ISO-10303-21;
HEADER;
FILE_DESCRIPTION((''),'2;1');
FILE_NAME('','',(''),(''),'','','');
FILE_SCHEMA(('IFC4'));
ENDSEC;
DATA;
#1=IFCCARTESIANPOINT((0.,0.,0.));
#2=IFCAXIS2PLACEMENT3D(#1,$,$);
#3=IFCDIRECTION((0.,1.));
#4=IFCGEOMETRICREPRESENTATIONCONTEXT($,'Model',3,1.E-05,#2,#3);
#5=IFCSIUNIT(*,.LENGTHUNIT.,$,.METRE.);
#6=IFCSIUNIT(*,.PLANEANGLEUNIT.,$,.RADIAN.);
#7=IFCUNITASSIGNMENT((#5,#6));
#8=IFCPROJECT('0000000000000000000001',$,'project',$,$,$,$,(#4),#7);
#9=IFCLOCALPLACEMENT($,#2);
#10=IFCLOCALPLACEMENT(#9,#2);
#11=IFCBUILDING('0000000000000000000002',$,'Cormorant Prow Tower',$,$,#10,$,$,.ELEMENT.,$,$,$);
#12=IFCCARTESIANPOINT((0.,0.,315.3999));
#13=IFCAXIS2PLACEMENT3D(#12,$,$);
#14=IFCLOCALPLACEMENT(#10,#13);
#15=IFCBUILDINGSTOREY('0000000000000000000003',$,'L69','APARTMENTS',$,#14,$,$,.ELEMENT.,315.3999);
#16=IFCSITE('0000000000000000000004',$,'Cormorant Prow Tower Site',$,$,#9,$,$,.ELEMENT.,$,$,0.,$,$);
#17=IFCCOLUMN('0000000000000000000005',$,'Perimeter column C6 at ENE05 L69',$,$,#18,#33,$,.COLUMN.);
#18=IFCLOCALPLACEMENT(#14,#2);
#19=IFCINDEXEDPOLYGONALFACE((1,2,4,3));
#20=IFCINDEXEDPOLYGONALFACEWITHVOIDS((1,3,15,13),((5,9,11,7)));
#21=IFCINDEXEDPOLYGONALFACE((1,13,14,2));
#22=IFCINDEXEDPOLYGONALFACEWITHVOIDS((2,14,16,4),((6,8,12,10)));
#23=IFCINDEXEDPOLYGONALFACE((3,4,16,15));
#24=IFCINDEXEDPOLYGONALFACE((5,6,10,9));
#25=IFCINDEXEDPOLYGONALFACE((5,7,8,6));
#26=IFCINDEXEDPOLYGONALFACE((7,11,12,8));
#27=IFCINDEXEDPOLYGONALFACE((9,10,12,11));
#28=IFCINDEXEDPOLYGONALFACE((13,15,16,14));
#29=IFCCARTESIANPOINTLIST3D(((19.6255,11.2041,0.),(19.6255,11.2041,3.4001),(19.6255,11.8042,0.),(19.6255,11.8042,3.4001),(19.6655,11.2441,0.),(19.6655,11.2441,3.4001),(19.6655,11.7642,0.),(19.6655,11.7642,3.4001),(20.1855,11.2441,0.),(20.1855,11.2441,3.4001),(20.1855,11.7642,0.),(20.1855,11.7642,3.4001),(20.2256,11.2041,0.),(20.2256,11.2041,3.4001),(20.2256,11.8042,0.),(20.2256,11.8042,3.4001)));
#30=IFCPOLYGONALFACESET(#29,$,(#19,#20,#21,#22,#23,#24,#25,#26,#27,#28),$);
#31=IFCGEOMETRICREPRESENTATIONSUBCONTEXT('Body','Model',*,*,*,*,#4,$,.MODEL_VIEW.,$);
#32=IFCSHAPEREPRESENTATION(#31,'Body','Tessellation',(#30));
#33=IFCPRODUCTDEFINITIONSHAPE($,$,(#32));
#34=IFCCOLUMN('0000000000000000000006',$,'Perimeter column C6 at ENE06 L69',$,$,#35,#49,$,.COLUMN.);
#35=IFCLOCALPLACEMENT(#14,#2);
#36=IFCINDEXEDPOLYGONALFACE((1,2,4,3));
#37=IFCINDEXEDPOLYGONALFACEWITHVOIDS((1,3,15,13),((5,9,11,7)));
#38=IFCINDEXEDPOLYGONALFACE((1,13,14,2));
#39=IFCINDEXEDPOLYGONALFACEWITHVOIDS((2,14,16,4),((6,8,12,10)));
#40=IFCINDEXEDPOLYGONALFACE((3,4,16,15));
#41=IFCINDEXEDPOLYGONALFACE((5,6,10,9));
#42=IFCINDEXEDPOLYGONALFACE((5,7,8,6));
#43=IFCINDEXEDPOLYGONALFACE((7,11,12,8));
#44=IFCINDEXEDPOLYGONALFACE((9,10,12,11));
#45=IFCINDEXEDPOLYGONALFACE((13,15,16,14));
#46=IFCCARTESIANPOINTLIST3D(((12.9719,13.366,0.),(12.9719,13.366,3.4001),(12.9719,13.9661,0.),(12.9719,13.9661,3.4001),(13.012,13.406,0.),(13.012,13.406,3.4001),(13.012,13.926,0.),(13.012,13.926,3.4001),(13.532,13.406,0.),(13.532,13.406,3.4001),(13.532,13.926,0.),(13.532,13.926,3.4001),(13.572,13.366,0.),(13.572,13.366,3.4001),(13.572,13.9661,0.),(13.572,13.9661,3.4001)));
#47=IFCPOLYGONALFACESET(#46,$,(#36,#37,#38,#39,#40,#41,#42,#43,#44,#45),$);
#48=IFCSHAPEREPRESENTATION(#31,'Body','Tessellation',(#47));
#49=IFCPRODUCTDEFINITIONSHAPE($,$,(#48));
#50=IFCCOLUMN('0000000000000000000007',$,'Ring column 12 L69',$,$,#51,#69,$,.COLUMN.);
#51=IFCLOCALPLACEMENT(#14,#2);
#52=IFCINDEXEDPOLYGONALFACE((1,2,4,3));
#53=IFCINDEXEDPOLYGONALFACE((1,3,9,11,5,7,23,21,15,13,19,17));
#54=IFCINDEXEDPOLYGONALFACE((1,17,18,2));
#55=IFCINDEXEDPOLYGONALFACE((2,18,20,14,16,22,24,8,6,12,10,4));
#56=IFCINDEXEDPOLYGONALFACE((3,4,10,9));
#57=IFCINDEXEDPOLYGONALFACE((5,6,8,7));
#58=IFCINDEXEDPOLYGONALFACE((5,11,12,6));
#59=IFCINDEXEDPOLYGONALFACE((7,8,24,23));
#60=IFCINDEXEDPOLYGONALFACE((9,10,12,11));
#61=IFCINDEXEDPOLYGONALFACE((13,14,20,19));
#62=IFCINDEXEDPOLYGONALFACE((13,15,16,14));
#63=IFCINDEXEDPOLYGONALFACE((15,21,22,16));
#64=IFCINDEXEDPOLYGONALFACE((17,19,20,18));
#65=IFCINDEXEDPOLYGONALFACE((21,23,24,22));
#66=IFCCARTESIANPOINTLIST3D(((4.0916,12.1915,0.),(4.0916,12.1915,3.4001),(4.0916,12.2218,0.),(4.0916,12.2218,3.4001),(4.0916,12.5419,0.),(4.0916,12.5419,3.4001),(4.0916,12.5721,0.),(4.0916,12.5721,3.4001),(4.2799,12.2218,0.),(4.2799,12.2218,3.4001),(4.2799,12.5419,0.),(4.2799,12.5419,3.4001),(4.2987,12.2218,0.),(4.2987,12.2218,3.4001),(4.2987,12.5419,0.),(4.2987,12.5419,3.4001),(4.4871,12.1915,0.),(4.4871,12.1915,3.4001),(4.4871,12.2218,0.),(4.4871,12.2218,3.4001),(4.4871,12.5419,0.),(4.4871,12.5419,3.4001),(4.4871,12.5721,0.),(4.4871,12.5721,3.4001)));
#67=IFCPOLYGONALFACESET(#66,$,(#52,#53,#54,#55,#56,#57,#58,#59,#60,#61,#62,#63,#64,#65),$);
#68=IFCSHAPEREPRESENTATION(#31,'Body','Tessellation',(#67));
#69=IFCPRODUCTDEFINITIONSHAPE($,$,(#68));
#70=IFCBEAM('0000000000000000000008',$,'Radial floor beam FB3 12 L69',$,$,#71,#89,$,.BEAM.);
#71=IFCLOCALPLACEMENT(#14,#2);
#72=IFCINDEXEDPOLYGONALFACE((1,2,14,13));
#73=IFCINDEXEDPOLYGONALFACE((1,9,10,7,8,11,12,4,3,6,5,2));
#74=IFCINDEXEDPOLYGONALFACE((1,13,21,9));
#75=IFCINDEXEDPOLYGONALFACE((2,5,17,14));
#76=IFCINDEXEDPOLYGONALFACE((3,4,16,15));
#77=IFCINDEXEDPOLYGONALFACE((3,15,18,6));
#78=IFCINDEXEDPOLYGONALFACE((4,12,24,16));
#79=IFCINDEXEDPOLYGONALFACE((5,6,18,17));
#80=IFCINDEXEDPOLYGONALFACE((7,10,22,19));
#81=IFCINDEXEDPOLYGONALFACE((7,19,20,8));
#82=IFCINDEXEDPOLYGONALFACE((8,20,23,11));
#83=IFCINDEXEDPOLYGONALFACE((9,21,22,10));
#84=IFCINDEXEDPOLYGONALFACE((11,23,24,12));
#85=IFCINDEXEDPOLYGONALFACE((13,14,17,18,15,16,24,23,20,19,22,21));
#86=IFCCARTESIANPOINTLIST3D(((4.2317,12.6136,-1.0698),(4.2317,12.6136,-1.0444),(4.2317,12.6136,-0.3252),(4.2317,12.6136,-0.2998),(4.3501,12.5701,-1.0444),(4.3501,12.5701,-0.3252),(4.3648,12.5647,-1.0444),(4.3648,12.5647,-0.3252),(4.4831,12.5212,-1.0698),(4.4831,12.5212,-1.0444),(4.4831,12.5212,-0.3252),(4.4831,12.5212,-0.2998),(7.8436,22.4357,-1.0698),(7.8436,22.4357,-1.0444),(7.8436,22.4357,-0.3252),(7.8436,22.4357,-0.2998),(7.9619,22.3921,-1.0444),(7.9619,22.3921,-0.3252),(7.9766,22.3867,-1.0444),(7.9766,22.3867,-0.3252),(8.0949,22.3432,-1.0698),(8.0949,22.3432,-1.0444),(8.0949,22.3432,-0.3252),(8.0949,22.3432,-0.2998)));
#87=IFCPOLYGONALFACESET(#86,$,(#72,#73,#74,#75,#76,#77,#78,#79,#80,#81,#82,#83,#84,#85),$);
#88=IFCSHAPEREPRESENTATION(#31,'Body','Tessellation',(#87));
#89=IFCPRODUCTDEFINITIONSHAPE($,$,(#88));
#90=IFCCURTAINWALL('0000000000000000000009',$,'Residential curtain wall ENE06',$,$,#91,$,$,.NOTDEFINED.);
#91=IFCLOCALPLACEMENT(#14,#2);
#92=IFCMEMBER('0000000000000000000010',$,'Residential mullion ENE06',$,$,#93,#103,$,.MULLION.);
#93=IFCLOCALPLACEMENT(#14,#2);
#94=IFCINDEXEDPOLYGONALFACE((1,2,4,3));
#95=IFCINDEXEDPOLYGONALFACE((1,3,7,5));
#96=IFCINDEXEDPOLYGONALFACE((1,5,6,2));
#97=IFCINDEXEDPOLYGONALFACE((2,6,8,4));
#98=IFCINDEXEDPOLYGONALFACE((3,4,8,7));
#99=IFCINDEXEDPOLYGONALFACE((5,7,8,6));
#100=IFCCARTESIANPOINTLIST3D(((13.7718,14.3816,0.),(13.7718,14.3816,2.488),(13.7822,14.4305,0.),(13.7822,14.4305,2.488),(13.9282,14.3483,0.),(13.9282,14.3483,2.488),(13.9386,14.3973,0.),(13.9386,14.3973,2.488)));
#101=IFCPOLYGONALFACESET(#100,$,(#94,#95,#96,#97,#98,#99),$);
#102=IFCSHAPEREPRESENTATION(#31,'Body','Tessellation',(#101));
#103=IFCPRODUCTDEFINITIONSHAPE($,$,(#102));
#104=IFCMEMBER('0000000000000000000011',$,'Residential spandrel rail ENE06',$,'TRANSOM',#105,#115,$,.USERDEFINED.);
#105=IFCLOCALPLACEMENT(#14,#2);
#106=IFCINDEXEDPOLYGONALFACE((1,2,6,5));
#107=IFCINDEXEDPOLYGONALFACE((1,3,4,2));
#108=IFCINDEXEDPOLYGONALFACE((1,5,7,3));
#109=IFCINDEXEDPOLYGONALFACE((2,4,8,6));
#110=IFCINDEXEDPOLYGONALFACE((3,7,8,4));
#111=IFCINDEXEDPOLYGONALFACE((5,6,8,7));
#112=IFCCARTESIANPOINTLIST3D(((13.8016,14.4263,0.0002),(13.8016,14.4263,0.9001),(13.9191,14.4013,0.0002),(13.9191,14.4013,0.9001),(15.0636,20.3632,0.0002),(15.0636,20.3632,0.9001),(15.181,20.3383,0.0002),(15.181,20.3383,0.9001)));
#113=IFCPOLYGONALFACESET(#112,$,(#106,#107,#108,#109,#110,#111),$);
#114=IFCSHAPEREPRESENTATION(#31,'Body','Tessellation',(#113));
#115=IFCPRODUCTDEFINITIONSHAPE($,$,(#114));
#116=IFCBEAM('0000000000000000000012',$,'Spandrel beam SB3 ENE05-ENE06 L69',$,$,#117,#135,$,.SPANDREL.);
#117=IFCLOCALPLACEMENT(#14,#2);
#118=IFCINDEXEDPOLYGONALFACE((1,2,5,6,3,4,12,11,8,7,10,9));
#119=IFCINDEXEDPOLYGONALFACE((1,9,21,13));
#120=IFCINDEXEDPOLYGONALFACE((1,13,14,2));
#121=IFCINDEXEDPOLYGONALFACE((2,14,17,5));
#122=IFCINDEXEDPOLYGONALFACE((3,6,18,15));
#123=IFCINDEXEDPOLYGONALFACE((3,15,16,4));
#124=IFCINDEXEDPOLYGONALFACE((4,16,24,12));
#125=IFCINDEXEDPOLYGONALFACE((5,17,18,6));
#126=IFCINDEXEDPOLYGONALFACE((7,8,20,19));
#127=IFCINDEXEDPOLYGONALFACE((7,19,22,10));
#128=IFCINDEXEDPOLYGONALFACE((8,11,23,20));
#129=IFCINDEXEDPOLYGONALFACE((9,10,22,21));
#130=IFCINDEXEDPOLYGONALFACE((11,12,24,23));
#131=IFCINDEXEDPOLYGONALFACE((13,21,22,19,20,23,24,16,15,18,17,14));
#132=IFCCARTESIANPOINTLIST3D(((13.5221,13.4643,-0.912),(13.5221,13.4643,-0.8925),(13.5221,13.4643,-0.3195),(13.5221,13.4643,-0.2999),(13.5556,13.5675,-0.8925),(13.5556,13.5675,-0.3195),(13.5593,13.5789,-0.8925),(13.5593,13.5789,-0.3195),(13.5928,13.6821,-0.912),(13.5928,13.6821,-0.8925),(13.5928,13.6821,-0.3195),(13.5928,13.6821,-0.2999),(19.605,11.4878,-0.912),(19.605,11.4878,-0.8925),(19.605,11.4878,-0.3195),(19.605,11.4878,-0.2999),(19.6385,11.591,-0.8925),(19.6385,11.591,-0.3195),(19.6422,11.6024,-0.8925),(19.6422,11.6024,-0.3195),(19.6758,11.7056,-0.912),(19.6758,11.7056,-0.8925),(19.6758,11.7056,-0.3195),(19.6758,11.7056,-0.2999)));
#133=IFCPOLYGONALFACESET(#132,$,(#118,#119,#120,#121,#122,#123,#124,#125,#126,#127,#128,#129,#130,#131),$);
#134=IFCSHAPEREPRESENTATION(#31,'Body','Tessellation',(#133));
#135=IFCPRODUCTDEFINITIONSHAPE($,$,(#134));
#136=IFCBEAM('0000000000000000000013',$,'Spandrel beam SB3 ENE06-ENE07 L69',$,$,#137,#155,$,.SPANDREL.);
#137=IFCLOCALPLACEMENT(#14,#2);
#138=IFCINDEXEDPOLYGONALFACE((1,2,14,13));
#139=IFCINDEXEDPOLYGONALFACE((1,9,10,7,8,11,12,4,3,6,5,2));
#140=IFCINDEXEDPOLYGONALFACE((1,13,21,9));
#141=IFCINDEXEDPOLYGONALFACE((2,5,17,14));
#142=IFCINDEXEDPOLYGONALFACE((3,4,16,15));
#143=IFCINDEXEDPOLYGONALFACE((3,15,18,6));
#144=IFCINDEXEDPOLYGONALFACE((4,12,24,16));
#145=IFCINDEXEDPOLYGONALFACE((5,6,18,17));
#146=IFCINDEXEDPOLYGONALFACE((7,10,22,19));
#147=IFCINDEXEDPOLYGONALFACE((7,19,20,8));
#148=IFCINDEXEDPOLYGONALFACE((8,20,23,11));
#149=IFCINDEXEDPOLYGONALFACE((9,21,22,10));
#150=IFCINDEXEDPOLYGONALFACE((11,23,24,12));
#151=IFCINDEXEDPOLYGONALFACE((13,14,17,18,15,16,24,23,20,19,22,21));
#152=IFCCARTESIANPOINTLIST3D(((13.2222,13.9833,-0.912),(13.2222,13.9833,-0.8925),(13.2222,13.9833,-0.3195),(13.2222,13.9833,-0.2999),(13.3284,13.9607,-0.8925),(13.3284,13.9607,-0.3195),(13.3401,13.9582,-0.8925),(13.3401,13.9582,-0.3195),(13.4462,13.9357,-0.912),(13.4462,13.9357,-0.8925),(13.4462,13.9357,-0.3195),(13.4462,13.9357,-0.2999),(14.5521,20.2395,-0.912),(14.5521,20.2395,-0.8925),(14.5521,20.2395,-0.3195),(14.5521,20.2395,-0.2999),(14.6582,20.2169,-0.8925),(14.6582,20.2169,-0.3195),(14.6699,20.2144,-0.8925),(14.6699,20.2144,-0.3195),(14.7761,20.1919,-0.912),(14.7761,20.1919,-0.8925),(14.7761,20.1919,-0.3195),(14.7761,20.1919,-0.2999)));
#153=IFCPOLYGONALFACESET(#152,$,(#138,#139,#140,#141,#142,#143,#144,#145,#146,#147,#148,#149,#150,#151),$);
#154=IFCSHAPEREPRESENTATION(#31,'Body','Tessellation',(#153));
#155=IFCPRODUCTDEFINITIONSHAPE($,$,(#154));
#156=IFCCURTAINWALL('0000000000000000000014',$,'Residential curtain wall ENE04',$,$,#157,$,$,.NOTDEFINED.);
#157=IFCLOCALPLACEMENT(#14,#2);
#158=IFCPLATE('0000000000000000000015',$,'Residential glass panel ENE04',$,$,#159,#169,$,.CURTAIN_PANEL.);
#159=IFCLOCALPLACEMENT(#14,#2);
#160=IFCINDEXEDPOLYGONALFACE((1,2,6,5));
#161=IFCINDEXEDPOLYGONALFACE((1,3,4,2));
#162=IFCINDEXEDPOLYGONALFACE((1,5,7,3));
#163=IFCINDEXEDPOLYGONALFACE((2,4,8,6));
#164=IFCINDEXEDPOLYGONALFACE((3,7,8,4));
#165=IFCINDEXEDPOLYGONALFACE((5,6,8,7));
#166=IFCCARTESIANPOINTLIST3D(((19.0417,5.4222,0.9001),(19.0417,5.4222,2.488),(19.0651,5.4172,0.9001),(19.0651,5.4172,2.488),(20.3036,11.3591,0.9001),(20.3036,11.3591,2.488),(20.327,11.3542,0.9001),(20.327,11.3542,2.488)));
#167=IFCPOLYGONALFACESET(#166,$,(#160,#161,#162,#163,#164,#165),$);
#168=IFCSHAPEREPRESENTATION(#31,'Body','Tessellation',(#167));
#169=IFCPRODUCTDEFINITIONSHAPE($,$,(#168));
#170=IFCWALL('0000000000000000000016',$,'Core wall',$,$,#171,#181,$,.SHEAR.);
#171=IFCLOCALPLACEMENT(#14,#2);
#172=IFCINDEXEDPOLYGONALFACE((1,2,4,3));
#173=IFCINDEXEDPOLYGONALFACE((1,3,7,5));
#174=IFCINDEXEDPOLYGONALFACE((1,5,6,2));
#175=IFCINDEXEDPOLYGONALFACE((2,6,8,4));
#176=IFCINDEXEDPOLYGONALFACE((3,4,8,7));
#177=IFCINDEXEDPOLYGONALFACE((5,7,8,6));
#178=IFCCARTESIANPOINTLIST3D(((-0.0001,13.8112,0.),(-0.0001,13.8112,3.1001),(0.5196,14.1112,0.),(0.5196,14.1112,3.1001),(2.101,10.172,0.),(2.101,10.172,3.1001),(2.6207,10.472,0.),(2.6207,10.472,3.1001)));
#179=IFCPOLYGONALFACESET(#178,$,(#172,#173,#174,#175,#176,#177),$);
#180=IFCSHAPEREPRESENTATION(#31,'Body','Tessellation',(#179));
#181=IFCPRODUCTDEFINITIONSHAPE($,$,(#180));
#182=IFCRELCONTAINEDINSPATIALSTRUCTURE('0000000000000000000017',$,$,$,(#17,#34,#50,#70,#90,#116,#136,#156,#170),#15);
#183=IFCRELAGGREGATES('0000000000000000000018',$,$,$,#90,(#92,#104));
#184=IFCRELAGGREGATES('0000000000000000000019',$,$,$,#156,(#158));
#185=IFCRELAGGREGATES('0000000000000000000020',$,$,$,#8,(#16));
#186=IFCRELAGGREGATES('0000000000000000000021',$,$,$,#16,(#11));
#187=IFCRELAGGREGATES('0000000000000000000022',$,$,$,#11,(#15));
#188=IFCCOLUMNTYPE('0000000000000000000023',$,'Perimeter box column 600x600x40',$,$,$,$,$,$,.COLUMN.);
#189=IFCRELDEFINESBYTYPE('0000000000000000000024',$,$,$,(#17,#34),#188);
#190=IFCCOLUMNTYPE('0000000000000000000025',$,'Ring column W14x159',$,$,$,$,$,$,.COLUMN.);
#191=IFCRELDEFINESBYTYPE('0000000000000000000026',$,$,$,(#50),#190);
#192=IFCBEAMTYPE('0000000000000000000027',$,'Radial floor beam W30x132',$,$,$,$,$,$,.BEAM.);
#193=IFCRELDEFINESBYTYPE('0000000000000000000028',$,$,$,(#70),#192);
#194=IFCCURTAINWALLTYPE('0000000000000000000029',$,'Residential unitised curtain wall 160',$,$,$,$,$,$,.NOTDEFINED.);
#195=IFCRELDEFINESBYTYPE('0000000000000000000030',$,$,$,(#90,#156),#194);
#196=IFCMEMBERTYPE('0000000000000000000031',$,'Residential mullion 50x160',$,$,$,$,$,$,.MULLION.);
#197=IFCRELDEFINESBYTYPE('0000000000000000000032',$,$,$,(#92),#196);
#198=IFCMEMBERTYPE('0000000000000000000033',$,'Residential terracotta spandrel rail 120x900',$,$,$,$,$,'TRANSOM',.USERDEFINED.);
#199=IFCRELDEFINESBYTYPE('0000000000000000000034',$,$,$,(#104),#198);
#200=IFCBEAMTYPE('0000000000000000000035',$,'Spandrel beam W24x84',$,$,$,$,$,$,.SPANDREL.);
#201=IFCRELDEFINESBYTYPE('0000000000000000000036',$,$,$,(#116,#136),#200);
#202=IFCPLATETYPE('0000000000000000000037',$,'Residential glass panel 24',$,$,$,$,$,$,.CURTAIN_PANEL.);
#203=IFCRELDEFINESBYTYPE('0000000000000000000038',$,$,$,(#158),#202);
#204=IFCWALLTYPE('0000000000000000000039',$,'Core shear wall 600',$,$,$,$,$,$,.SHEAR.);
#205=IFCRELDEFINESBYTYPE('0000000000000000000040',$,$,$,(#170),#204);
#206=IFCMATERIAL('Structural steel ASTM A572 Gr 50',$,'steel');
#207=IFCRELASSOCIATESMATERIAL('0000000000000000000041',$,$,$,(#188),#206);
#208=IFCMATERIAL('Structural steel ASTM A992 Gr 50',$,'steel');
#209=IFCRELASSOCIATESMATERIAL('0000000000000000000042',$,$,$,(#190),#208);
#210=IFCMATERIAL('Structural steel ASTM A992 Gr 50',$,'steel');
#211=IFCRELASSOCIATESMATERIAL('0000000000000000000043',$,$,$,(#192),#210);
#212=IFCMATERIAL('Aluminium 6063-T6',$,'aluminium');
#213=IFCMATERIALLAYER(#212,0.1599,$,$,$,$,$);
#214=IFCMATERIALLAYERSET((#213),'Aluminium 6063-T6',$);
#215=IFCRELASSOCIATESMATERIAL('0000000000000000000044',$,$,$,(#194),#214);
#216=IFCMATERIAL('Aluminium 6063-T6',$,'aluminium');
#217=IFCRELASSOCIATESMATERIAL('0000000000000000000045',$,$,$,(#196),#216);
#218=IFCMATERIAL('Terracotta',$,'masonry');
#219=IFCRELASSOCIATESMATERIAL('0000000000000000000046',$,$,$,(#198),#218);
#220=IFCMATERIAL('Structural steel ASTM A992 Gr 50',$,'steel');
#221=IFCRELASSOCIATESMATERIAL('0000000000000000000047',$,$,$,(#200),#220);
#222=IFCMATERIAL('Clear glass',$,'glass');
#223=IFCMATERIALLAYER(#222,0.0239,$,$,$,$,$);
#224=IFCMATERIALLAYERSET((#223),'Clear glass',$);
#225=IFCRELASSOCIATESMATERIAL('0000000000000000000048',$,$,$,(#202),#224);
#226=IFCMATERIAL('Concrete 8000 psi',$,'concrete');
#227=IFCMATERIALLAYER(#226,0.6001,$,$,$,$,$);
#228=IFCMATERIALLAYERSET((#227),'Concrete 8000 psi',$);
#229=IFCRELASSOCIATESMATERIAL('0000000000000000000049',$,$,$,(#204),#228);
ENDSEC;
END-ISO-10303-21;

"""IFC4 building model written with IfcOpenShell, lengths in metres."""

from ifc_helpers import new_model, si_unit, direction, frame, frame_2d, origin, origin_2d, place, context, subcontext, project, spatial, rectangle, hollow_rectangle, i_section, extrude, material, layer, layer_set, material_profile, profile_set, type_object, element, aggregate, save


model = new_model("IFC4")

# Units and contexts
model_context = context("Model", 3, precision=1e-05, world=origin(), true_north=direction((0.0, 1.0)))
body_context = subcontext(model_context, "Body", "Model", "MODEL_VIEW")
ifc_project = project(units=[si_unit("LENGTHUNIT", "METRE"), si_unit("PLANEANGLEUNIT", "RADIAN")], contexts=[model_context])

# Site, building, storey
site_placement = place(None, origin())
site = spatial("IfcSite", under=ifc_project, at=site_placement, Name="Cormorant Prow Tower Site", CompositionType="ELEMENT", RefElevation=0.0)
building_placement = place(site_placement, origin())
building = spatial("IfcBuilding", under=site, at=building_placement, Name="Cormorant Prow Tower", CompositionType="ELEMENT")
storey_placement = place(building_placement, frame((0.0, 0.0, 315.3999)))
storey = spatial("IfcBuildingStorey", under=building, at=storey_placement, Name="L69", Description="APARTMENTS", CompositionType="ELEMENT", Elevation=315.3999)

# Columns
ifc_material_1 = material(Name="Structural steel ASTM A572 Gr 50", Category="steel")
ifc_material_profile_1 = material_profile(ifc_material_1, hollow_rectangle(XDim=0.6001, YDim=0.6001, WallThickness=0.04, at=origin_2d()), Name="Box 600x600x40")
ifc_profile_set_1 = profile_set([ifc_material_profile_1], Name="Structural steel ASTM A572 Gr 50")
column_type_1 = type_object("IfcColumnType", Name="Perimeter box column 600x600x40", PredefinedType="COLUMN", material=ifc_profile_set_1)
for number, where, z_axis, x_axis, name in (
    (1, (19.9255, 11.5042, 0.0), (0.0, 0.0, 1.0), (1.0, 0.0, 0.0), "Perimeter column C6 at ENE05 L69"),
    (2, (13.272, 13.666, 0.0), (0.0, 0.0, 1.0), (1.0, 0.0, 0.0), "Perimeter column C6 at ENE06 L69"),
):
    element("IfcColumn", number, at=place(storey_placement, frame(where, z_axis=z_axis, x_axis=x_axis)), inside=storey, type_object=column_type_1, Name=name, PredefinedType="COLUMN", context=body_context, shape_type="SweptSolid", body=[
        extrude(hollow_rectangle(XDim=0.6001, YDim=0.6001, WallThickness=0.04, at=origin_2d()), origin(), (0.0, 0.0, 1.0), 3.4001),
    ])
ifc_material_2 = material(Name="Structural steel ASTM A992 Gr 50", Category="steel")
ifc_material_profile_2 = material_profile(ifc_material_2, i_section(OverallWidth=0.3955, OverallDepth=0.3806, WebThickness=0.0188, FlangeThickness=0.0303, at=origin_2d()), Name="W14x159")
ifc_profile_set_2 = profile_set([ifc_material_profile_2], Name="Structural steel ASTM A992 Gr 50")
column_type_2 = type_object("IfcColumnType", Name="Ring column W14x159", PredefinedType="COLUMN", material=ifc_profile_set_2)
column_placement = place(storey_placement, frame((4.2893, 12.3818, 0.0), z_axis=(0.0, 0.0, 1.0), x_axis=(1.0, 0.0, 0.0)))
element("IfcColumn", 3, at=column_placement, inside=storey, type_object=column_type_2, Name="Ring column 12 L69", PredefinedType="COLUMN", context=body_context, shape_type="SweptSolid", body=[
    extrude(i_section(OverallWidth=0.3955, OverallDepth=0.3806, WebThickness=0.0188, FlangeThickness=0.0303, at=origin_2d()), origin(), (0.0, 0.0, 1.0), 3.4001),
])

# Beam
ifc_material_3 = material(Name="Structural steel ASTM A992 Gr 50", Category="steel")
ifc_material_profile_3 = material_profile(ifc_material_3, i_section(OverallWidth=0.2678, OverallDepth=0.77, WebThickness=0.0156, FlangeThickness=0.0254, at=origin_2d()), Name="W30x132")
ifc_profile_set_3 = profile_set([ifc_material_profile_3], Name="Structural steel ASTM A992 Gr 50")
beam_type_1 = type_object("IfcBeamType", Name="Radial floor beam W30x132", PredefinedType="BEAM", material=ifc_profile_set_3)
beam_placement = place(storey_placement, frame((4.3574, 12.5674, -0.6848), z_axis=(0.345131, 0.938554, 0.0), x_axis=(-0.938554, 0.345131, 0.0)))
element("IfcBeam", 4, at=beam_placement, inside=storey, type_object=beam_type_1, Name="Radial floor beam FB3 12 L69", PredefinedType="BEAM", context=body_context, shape_type="SweptSolid", body=[
    extrude(i_section(OverallWidth=0.2678, OverallDepth=0.77, WebThickness=0.0156, FlangeThickness=0.0254, at=origin_2d()), origin(), (0.0, 0.0, 1.0), 10.4651),
])

# Curtain wall, members
ifc_material_4 = material(Name="Aluminium 6063-T6", Category="aluminium")
ifc_layer_1 = layer(ifc_material_4, 0.1599)
ifc_layer_set_1 = layer_set([ifc_layer_1], Name="Aluminium 6063-T6")
curtain_wall_type = type_object("IfcCurtainWallType", Name="Residential unitised curtain wall 160", PredefinedType="NOTDEFINED", material=ifc_layer_set_1)
curtain_wall_1_placement = place(storey_placement, origin())
curtain_wall_1 = element("IfcCurtainWall", 5, at=curtain_wall_1_placement, inside=storey, type_object=curtain_wall_type, Name="Residential curtain wall ENE06", PredefinedType="NOTDEFINED")
ifc_material_5 = material(Name="Aluminium 6063-T6", Category="aluminium")
ifc_material_profile_4 = material_profile(ifc_material_5, rectangle(XDim=0.1599, YDim=0.05, at=origin_2d()), Name="Residential mullion 50x160")
ifc_profile_set_4 = profile_set([ifc_material_profile_4], Name="Aluminium 6063-T6")
member_type_1 = type_object("IfcMemberType", Name="Residential mullion 50x160", PredefinedType="MULLION", material=ifc_profile_set_4)
member_1_placement = place(storey_placement, frame((13.8552, 14.3894, 0.0), z_axis=(0.0, 0.0, 1.0), x_axis=(-0.978148, 0.207912, 0.0)))
member_1 = element("IfcMember", 6, at=member_1_placement, type_object=member_type_1, Name="Residential mullion ENE06", PredefinedType="MULLION", context=body_context, shape_type="SweptSolid", body=[
    extrude(rectangle(XDim=0.1599, YDim=0.05, at=origin_2d()), origin(), (0.0, 0.0, 1.0), 2.488),
])
ifc_material_6 = material(Name="Terracotta", Category="masonry")
ifc_material_profile_5 = material_profile(ifc_material_6, rectangle(XDim=0.1201, YDim=0.8999, at=origin_2d()), Name="Residential terracotta spandrel rail 120x900")
ifc_profile_set_5 = profile_set([ifc_material_profile_5], Name="Terracotta")
member_type_2 = type_object("IfcMemberType", Name="Residential terracotta spandrel rail 120x900", ElementType="TRANSOM", PredefinedType="USERDEFINED", material=ifc_profile_set_5)
member_2_placement = place(storey_placement, frame((13.8604, 14.4138, 0.4502), z_axis=(0.207914, 0.978147, 0.0), x_axis=(-0.978147, 0.207914, 0.0)))
member_2 = element("IfcMember", 7, at=member_2_placement, type_object=member_type_2, Name="Residential spandrel rail ENE06", ObjectType="TRANSOM", PredefinedType="USERDEFINED", context=body_context, shape_type="SweptSolid", body=[
    extrude(rectangle(XDim=0.1201, YDim=0.8999, at=origin_2d()), origin(), (0.0, 0.0, 1.0), 6.0696),
])
aggregate(curtain_wall_1, [member_1, member_2])

# Beams
ifc_material_7 = material(Name="Structural steel ASTM A992 Gr 50", Category="steel")
ifc_material_profile_6 = material_profile(ifc_material_7, i_section(OverallWidth=0.229, OverallDepth=0.6121, WebThickness=0.012, FlangeThickness=0.0195, at=origin_2d()), Name="W24x84")
ifc_profile_set_6 = profile_set([ifc_material_profile_6], Name="Structural steel ASTM A992 Gr 50")
beam_type_2 = type_object("IfcBeamType", Name="Spandrel beam W24x84", PredefinedType="SPANDREL", material=ifc_profile_set_6)
for number, where, z_axis, x_axis, name in (
    (8, (19.6404, 11.5967, -0.606), (-0.951053, 0.309027, 0.0), (-0.309027, -0.951053, 0.0), "Spandrel beam SB3 ENE05-ENE06 L69"),
    (9, (13.3342, 13.9595, -0.606), (0.20792, 0.978146, 0.0), (-0.978146, 0.20792, 0.0), "Spandrel beam SB3 ENE06-ENE07 L69"),
):
    element("IfcBeam", number, at=place(storey_placement, frame(where, z_axis=z_axis, x_axis=x_axis)), inside=storey, type_object=beam_type_2, Name=name, PredefinedType="SPANDREL", context=body_context, shape_type="SweptSolid", body=[
        extrude(i_section(OverallWidth=0.229, OverallDepth=0.6121, WebThickness=0.012, FlangeThickness=0.0195, at=origin_2d()), origin(), (0.0, 0.0, 1.0), 6.396),
    ])

# Curtain wall, plate
curtain_wall_2_placement = place(storey_placement, origin())
curtain_wall_2 = element("IfcCurtainWall", 10, at=curtain_wall_2_placement, inside=storey, type_object=curtain_wall_type, Name="Residential curtain wall ENE04", PredefinedType="NOTDEFINED")
ifc_material_8 = material(Name="Clear glass", Category="glass")
ifc_layer_2 = layer(ifc_material_8, 0.0239)
ifc_layer_set_2 = layer_set([ifc_layer_2], Name="Clear glass")
plate_type = type_object("IfcPlateType", Name="Residential glass panel 24", PredefinedType="CURTAIN_PANEL", material=ifc_layer_set_2)
plate_placement = place(storey_placement, frame((19.6843, 8.3882, 0.9001), z_axis=(0.0, 0.0, 1.0), x_axis=(0.207912, 0.978148, 0.0)))
plate = element("IfcPlate", 11, at=plate_placement, type_object=plate_type, Name="Residential glass panel ENE04", PredefinedType="CURTAIN_PANEL", context=body_context, shape_type="SweptSolid", body=[
    extrude(rectangle(XDim=6.0696, YDim=0.0239, at=origin_2d()), origin(), (0.0, 0.0, 1.0), 1.5879),
])
aggregate(curtain_wall_2, [plate])

# Wall
ifc_material_9 = material(Name="Concrete 8000 psi", Category="concrete")
ifc_layer_3 = layer(ifc_material_9, 0.6001)
ifc_layer_set_3 = layer_set([ifc_layer_3], Name="Concrete 8000 psi")
wall_type_1 = type_object("IfcWallType", Name="Core shear wall 600", PredefinedType="SHEAR", material=ifc_layer_set_3)
wall_1_placement = place(storey_placement, frame((2.3608, 10.322, 0.0), z_axis=(0.0, 0.0, 1.0), x_axis=(-0.500001, 0.866025, 0.0)))
element("IfcWall", 12, at=wall_1_placement, inside=storey, type_object=wall_type_1, Name="Core wall", PredefinedType="SHEAR", context=body_context, shape_type="SweptSolid", body=[
    extrude(rectangle(XDim=4.2021, YDim=0.6001, at=frame_2d((2.1011, 0.0))), origin(), (0.0, 0.0, 1.0), 3.1001),
])

save(model, "model.ifc")
